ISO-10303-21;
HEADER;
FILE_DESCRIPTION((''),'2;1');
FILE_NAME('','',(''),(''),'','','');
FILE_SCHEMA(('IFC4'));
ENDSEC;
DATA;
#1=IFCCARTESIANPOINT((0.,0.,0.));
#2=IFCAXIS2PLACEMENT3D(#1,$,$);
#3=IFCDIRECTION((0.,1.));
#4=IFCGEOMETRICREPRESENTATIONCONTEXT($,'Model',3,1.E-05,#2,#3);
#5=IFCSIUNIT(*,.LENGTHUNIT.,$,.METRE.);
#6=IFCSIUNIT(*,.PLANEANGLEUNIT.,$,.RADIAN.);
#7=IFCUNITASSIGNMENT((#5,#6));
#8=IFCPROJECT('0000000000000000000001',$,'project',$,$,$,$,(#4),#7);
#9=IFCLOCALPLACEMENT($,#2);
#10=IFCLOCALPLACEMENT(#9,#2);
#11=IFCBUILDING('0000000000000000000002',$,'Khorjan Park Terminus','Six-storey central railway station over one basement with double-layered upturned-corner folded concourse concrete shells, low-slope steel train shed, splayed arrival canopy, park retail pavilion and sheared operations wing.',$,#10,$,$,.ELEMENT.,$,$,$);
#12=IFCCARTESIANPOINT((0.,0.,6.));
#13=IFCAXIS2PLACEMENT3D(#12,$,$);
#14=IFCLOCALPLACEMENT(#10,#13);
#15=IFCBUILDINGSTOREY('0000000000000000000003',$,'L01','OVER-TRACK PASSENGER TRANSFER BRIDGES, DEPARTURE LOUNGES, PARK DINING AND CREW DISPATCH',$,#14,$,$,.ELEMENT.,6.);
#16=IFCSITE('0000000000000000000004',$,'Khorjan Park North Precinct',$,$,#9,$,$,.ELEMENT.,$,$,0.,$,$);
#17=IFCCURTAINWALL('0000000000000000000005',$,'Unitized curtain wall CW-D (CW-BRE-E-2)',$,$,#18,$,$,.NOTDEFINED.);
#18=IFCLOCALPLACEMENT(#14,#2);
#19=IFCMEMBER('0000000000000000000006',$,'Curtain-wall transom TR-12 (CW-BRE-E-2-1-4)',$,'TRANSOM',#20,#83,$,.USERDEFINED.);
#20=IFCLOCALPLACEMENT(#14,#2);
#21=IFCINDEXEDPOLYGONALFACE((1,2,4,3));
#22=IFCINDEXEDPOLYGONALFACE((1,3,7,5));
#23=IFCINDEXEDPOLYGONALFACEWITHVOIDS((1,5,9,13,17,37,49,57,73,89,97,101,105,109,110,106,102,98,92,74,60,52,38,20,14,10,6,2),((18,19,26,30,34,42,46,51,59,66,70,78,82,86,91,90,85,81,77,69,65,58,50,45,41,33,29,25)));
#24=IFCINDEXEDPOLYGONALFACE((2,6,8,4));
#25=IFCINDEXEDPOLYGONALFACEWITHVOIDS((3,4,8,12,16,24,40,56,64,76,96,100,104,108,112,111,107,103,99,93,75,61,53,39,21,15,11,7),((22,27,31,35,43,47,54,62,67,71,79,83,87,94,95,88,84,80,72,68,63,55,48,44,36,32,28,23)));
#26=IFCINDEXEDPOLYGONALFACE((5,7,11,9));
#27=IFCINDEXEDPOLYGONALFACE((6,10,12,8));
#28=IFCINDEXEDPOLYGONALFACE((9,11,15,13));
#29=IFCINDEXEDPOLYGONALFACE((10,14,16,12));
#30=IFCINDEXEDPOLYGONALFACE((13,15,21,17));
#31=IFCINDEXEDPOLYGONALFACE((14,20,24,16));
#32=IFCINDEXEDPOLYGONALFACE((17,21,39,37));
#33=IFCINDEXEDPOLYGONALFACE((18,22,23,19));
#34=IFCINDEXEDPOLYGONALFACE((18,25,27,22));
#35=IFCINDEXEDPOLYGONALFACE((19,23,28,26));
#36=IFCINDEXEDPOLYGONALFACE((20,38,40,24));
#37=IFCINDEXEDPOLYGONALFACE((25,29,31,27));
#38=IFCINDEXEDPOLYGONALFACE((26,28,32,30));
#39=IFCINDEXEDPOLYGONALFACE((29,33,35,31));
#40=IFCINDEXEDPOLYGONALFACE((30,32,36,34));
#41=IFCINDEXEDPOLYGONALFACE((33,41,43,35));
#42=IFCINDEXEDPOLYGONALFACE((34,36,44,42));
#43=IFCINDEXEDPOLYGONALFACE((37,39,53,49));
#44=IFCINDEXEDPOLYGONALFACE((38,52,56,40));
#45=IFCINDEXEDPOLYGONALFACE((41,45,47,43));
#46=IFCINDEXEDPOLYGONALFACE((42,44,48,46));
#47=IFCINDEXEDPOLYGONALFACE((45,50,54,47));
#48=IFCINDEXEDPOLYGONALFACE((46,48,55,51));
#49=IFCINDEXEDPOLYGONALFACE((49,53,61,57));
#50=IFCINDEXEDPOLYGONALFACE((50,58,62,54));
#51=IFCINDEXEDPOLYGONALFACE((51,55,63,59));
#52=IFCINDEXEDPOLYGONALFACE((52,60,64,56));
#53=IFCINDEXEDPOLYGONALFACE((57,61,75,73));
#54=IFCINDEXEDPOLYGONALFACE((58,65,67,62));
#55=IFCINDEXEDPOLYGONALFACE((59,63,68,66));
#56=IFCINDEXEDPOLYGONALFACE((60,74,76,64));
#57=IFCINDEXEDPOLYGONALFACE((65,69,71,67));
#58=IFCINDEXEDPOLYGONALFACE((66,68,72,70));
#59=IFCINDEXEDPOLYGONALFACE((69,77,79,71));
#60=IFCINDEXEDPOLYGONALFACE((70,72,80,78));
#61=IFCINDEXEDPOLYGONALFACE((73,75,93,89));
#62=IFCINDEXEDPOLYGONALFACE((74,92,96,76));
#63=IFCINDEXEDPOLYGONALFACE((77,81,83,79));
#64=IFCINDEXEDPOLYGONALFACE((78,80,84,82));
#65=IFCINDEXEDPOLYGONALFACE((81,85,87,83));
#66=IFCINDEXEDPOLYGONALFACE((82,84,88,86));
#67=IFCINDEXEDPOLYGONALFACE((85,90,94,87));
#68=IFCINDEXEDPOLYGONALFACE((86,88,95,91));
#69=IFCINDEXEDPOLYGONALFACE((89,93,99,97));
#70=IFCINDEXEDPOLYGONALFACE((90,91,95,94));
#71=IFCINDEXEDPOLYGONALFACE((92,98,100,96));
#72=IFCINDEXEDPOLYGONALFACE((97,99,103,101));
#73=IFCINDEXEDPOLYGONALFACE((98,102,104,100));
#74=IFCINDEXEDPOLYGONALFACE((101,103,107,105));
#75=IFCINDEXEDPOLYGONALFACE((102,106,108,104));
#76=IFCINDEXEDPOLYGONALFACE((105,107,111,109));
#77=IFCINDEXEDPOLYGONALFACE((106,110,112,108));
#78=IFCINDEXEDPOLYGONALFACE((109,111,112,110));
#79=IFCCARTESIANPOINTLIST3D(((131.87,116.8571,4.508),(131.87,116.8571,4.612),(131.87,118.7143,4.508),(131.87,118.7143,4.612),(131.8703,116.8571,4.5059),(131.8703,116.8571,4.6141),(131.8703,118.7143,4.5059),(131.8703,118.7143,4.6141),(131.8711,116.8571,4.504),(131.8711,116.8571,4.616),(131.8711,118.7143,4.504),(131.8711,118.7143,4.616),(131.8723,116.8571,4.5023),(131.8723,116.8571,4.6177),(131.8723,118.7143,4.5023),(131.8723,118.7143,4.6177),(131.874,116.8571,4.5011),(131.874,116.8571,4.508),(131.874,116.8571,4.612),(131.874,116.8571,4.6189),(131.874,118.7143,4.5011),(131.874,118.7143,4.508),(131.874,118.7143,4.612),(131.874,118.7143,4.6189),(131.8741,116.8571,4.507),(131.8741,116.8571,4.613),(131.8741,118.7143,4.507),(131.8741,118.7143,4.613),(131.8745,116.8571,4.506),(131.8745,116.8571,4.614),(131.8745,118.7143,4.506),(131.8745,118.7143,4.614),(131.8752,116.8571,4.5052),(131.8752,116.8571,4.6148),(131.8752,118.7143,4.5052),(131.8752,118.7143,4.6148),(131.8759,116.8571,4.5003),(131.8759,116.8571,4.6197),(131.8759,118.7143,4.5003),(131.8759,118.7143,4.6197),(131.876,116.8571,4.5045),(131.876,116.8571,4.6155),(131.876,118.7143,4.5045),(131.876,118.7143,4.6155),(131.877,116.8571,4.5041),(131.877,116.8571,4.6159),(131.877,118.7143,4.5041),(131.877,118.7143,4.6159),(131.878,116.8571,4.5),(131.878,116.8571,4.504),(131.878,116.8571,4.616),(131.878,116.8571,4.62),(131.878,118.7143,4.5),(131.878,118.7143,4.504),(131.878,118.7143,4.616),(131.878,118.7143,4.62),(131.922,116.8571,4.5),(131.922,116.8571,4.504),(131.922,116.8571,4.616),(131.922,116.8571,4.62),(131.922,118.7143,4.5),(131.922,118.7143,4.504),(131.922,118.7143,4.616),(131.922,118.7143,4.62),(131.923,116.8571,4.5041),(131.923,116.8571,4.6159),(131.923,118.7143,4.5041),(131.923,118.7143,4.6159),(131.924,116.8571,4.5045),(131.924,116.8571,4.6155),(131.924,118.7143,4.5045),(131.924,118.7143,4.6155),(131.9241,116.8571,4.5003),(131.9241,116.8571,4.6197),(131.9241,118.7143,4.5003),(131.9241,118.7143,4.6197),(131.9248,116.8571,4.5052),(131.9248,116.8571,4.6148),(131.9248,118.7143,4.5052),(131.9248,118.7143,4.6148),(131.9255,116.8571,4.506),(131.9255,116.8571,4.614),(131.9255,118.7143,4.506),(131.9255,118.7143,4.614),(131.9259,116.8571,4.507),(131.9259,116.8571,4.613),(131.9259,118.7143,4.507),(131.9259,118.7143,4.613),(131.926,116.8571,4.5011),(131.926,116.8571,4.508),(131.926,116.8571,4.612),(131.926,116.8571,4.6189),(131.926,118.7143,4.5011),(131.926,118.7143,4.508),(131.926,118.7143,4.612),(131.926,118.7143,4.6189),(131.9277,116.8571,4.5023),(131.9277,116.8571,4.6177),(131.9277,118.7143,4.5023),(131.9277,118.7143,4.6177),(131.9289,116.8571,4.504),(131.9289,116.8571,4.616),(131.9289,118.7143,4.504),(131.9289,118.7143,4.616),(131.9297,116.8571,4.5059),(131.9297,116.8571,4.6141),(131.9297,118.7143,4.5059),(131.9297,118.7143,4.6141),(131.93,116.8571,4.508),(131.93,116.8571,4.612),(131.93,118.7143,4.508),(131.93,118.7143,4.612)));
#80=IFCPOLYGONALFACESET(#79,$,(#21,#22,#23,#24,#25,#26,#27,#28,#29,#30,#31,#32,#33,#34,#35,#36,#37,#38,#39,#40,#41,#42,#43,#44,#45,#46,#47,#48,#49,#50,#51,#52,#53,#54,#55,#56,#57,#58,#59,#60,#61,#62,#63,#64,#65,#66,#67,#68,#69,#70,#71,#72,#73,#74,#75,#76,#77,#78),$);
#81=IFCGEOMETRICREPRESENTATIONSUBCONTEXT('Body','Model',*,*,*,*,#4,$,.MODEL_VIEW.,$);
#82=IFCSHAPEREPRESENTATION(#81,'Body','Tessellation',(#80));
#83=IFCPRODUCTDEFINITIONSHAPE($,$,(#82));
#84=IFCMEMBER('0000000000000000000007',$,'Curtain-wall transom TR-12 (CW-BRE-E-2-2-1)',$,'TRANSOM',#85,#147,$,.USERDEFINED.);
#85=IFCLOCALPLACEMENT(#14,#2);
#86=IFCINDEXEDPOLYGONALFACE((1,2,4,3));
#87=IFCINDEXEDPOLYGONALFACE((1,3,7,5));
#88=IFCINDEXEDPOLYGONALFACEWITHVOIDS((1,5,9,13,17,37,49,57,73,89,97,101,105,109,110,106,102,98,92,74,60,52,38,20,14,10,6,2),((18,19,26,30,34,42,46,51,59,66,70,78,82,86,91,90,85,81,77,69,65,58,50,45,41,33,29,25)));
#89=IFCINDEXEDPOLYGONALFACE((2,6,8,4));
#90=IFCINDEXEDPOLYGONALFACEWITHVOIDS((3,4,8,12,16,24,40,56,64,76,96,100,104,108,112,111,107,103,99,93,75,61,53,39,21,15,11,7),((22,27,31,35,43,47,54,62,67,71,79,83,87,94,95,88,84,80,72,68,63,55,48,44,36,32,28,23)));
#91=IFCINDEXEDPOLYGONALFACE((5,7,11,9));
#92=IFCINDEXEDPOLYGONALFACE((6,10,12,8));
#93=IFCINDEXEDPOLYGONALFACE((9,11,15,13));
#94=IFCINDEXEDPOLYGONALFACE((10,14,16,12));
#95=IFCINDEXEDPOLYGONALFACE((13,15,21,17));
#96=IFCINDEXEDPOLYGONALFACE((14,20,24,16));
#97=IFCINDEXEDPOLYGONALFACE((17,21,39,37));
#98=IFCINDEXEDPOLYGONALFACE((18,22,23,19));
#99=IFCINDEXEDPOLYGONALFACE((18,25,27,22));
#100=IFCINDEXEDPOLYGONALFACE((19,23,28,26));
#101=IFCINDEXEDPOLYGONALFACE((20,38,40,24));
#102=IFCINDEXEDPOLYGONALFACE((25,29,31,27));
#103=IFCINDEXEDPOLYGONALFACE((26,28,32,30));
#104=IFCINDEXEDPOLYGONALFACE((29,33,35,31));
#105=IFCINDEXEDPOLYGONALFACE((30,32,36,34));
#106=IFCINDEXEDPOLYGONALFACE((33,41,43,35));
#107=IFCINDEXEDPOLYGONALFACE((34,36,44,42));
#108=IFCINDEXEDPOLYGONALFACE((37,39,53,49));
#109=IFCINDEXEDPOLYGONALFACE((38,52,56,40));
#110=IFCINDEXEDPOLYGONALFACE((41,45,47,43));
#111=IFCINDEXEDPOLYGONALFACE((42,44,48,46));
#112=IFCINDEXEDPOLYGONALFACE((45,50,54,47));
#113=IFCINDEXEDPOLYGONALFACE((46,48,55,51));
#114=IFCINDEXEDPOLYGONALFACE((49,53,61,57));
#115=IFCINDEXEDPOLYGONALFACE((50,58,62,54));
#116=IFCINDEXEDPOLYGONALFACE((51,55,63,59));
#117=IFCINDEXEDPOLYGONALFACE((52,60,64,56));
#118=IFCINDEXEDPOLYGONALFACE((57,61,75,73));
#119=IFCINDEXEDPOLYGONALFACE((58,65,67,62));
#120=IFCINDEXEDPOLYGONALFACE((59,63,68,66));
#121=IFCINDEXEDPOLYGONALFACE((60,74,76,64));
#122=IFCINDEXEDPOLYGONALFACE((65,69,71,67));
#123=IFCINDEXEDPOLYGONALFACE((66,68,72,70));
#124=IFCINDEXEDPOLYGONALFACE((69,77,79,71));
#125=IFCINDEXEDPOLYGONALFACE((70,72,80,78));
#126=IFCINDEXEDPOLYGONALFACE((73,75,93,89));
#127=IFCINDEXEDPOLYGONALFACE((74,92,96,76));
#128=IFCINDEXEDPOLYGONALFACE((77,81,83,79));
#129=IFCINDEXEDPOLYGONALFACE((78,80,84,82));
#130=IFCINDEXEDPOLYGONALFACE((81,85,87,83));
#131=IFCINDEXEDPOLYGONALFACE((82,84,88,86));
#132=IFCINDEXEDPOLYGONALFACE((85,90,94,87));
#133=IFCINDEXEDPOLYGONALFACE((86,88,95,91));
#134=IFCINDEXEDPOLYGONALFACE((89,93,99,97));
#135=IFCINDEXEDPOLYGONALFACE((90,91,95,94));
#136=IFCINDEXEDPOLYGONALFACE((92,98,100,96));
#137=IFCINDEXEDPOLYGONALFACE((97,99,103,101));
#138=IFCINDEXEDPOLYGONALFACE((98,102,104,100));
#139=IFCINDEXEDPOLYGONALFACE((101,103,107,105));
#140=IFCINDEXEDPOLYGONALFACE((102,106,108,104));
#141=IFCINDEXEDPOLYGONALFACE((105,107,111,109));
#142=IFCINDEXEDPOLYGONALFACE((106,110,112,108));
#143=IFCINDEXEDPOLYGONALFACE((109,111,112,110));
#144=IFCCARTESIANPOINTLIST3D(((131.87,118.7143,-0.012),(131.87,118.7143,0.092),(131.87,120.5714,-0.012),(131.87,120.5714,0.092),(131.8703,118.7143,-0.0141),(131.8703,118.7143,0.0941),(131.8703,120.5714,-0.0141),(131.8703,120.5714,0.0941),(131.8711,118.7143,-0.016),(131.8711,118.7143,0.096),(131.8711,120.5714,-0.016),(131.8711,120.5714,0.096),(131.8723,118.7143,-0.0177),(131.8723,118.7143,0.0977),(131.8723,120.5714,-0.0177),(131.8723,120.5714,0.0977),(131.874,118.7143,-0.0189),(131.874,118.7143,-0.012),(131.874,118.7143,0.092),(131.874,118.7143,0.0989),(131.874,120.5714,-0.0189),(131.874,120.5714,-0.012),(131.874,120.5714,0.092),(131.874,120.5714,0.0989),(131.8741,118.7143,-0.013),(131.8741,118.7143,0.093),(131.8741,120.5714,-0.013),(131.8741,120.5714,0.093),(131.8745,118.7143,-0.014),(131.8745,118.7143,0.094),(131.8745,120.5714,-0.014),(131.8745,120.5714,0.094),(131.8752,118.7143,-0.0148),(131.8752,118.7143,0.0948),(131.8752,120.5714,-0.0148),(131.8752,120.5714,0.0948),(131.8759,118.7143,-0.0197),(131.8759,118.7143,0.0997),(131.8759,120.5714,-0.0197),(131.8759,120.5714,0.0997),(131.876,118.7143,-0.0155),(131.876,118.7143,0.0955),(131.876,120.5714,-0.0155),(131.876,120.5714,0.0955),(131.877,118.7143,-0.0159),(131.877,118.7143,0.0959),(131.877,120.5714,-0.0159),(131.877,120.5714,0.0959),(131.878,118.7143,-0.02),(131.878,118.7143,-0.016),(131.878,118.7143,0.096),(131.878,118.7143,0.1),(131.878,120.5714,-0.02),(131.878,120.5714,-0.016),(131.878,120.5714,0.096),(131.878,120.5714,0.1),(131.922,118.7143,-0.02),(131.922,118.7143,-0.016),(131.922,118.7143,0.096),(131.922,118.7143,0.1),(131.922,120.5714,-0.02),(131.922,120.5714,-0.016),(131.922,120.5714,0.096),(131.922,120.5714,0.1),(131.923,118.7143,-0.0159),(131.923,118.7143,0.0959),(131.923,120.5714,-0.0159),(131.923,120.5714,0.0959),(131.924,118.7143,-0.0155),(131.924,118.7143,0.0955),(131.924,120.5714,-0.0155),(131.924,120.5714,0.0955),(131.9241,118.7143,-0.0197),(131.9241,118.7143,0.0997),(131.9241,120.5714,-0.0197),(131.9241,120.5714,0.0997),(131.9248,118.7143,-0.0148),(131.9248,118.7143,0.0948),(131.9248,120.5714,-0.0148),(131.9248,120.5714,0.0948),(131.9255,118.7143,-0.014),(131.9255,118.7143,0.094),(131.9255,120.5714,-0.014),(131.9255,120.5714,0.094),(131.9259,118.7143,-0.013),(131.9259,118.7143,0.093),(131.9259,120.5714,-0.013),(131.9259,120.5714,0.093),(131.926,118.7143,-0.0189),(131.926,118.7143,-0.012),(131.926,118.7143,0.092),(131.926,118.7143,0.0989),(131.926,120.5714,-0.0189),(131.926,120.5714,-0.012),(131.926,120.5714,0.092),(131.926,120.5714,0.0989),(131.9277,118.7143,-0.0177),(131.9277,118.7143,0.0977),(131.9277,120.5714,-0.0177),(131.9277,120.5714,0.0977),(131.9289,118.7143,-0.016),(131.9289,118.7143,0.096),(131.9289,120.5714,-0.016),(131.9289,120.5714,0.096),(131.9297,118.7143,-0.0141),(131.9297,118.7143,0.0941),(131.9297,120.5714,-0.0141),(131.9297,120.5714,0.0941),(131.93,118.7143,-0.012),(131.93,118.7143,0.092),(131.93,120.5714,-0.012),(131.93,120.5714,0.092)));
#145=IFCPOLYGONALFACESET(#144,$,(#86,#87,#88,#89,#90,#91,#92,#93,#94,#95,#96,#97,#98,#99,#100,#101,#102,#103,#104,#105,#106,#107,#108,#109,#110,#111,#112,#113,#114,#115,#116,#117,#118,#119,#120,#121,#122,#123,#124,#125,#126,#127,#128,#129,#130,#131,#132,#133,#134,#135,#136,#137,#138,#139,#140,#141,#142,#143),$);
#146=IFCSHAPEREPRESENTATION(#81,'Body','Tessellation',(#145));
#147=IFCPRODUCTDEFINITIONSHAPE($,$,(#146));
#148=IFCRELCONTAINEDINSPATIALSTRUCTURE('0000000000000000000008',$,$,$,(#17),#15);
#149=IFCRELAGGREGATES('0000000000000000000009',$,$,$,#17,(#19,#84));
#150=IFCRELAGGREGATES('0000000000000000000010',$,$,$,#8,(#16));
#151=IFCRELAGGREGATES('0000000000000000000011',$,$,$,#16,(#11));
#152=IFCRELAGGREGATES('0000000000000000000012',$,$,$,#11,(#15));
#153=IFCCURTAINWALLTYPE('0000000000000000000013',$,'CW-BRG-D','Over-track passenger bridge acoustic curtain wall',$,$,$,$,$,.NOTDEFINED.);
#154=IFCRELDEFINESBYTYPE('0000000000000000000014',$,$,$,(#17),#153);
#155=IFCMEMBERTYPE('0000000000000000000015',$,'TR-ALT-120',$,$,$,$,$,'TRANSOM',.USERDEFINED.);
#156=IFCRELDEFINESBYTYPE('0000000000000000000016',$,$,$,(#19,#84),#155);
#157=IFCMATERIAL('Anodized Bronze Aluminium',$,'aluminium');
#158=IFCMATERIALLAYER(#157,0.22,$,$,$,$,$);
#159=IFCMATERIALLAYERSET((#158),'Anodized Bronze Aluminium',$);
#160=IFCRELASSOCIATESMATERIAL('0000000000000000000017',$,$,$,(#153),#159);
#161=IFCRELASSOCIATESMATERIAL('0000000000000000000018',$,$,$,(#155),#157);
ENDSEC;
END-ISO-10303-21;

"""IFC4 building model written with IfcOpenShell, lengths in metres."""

from ifc_helpers import new_model, si_unit, direction, frame, origin, origin_2d, place, context, subcontext, project, spatial, hollow_rectangle, extrude, material, layer, layer_set, material_profile, profile_set, type_object, element, aggregate, save


model = new_model("IFC4")

# Units and contexts
model_context = context("Model", 3, precision=1e-05, world=origin(), true_north=direction((0.0, 1.0)))
body_context = subcontext(model_context, "Body", "Model", "MODEL_VIEW")
ifc_project = project(units=[si_unit("LENGTHUNIT", "METRE"), si_unit("PLANEANGLEUNIT", "RADIAN")], contexts=[model_context])

# Site, building, storey
site_placement = place(None, origin())
site = spatial("IfcSite", under=ifc_project, at=site_placement, Name="Khorjan Park North Precinct", CompositionType="ELEMENT", RefElevation=0.0)
building_placement = place(site_placement, origin())
building = spatial("IfcBuilding", under=site, at=building_placement, Name="Khorjan Park Terminus", Description="Six-storey central railway station over one basement with double-layered upturned-corner folded concourse concrete shells, low-slope steel train shed, splayed arrival canopy, park retail pavilion and sheared operations wing.", CompositionType="ELEMENT")
storey_placement = place(building_placement, frame((0.0, 0.0, 6.0)))
storey = spatial("IfcBuildingStorey", under=building, at=storey_placement, Name="L01", Description="OVER-TRACK PASSENGER TRANSFER BRIDGES, DEPARTURE LOUNGES, PARK DINING AND CREW DISPATCH", CompositionType="ELEMENT", Elevation=6.0)

# Curtain wall, members
ifc_material_1 = material(Name="Anodized Bronze Aluminium", Category="aluminium")
ifc_layer_1 = layer(ifc_material_1, 0.22)
ifc_layer_set_1 = layer_set([ifc_layer_1], Name="Anodized Bronze Aluminium")
curtain_wall_type = type_object("IfcCurtainWallType", Name="CW-BRG-D", Description="Over-track passenger bridge acoustic curtain wall", PredefinedType="NOTDEFINED", material=ifc_layer_set_1)
curtain_wall_placement = place(storey_placement, origin())
curtain_wall = element("IfcCurtainWall", 1, at=curtain_wall_placement, inside=storey, type_object=curtain_wall_type, Name="Unitized curtain wall CW-D (CW-BRE-E-2)", PredefinedType="NOTDEFINED")
ifc_material_profile_1 = material_profile(ifc_material_1, hollow_rectangle(XDim=0.06, YDim=0.12, WallThickness=0.004, InnerFilletRadius=0.004, OuterFilletRadius=0.008, at=origin_2d()), Name="ALT 60x120x4")
ifc_profile_set_1 = profile_set([ifc_material_profile_1], Name="Anodized Bronze Aluminium")
member_type_1 = type_object("IfcMemberType", Name="TR-ALT-120", ElementType="TRANSOM", PredefinedType="USERDEFINED", material=ifc_profile_set_1)
member_1_placement = place(storey_placement, frame((131.9, 116.8571, 4.56), z_axis=(0.0, 1.0, 0.0), x_axis=(-1.0, 0.0, 0.0)))
member_1 = element("IfcMember", 2, at=member_1_placement, type_object=member_type_1, Name="Curtain-wall transom TR-12 (CW-BRE-E-2-1-4)", ObjectType="TRANSOM", PredefinedType="USERDEFINED", context=body_context, shape_type="SweptSolid", body=[
    extrude(hollow_rectangle(XDim=0.06, YDim=0.12, WallThickness=0.004, InnerFilletRadius=0.004, OuterFilletRadius=0.008, at=origin_2d()), origin(), (0.0, 0.0, 1.0), 1.8572),
])
member_2_placement = place(storey_placement, frame((131.9, 118.7143, 0.04), z_axis=(0.0, 1.0, 0.0), x_axis=(-1.0, 0.0, 0.0)))
member_2 = element("IfcMember", 3, at=member_2_placement, type_object=member_type_1, Name="Curtain-wall transom TR-12 (CW-BRE-E-2-2-1)", ObjectType="TRANSOM", PredefinedType="USERDEFINED", context=body_context, shape_type="SweptSolid", body=[
    extrude(hollow_rectangle(XDim=0.06, YDim=0.12, WallThickness=0.004, InnerFilletRadius=0.004, OuterFilletRadius=0.008, at=origin_2d()), origin(), (0.0, 0.0, 1.0), 1.8571),
])
aggregate(curtain_wall, [member_1, member_2])

save(model, "model.ifc")
